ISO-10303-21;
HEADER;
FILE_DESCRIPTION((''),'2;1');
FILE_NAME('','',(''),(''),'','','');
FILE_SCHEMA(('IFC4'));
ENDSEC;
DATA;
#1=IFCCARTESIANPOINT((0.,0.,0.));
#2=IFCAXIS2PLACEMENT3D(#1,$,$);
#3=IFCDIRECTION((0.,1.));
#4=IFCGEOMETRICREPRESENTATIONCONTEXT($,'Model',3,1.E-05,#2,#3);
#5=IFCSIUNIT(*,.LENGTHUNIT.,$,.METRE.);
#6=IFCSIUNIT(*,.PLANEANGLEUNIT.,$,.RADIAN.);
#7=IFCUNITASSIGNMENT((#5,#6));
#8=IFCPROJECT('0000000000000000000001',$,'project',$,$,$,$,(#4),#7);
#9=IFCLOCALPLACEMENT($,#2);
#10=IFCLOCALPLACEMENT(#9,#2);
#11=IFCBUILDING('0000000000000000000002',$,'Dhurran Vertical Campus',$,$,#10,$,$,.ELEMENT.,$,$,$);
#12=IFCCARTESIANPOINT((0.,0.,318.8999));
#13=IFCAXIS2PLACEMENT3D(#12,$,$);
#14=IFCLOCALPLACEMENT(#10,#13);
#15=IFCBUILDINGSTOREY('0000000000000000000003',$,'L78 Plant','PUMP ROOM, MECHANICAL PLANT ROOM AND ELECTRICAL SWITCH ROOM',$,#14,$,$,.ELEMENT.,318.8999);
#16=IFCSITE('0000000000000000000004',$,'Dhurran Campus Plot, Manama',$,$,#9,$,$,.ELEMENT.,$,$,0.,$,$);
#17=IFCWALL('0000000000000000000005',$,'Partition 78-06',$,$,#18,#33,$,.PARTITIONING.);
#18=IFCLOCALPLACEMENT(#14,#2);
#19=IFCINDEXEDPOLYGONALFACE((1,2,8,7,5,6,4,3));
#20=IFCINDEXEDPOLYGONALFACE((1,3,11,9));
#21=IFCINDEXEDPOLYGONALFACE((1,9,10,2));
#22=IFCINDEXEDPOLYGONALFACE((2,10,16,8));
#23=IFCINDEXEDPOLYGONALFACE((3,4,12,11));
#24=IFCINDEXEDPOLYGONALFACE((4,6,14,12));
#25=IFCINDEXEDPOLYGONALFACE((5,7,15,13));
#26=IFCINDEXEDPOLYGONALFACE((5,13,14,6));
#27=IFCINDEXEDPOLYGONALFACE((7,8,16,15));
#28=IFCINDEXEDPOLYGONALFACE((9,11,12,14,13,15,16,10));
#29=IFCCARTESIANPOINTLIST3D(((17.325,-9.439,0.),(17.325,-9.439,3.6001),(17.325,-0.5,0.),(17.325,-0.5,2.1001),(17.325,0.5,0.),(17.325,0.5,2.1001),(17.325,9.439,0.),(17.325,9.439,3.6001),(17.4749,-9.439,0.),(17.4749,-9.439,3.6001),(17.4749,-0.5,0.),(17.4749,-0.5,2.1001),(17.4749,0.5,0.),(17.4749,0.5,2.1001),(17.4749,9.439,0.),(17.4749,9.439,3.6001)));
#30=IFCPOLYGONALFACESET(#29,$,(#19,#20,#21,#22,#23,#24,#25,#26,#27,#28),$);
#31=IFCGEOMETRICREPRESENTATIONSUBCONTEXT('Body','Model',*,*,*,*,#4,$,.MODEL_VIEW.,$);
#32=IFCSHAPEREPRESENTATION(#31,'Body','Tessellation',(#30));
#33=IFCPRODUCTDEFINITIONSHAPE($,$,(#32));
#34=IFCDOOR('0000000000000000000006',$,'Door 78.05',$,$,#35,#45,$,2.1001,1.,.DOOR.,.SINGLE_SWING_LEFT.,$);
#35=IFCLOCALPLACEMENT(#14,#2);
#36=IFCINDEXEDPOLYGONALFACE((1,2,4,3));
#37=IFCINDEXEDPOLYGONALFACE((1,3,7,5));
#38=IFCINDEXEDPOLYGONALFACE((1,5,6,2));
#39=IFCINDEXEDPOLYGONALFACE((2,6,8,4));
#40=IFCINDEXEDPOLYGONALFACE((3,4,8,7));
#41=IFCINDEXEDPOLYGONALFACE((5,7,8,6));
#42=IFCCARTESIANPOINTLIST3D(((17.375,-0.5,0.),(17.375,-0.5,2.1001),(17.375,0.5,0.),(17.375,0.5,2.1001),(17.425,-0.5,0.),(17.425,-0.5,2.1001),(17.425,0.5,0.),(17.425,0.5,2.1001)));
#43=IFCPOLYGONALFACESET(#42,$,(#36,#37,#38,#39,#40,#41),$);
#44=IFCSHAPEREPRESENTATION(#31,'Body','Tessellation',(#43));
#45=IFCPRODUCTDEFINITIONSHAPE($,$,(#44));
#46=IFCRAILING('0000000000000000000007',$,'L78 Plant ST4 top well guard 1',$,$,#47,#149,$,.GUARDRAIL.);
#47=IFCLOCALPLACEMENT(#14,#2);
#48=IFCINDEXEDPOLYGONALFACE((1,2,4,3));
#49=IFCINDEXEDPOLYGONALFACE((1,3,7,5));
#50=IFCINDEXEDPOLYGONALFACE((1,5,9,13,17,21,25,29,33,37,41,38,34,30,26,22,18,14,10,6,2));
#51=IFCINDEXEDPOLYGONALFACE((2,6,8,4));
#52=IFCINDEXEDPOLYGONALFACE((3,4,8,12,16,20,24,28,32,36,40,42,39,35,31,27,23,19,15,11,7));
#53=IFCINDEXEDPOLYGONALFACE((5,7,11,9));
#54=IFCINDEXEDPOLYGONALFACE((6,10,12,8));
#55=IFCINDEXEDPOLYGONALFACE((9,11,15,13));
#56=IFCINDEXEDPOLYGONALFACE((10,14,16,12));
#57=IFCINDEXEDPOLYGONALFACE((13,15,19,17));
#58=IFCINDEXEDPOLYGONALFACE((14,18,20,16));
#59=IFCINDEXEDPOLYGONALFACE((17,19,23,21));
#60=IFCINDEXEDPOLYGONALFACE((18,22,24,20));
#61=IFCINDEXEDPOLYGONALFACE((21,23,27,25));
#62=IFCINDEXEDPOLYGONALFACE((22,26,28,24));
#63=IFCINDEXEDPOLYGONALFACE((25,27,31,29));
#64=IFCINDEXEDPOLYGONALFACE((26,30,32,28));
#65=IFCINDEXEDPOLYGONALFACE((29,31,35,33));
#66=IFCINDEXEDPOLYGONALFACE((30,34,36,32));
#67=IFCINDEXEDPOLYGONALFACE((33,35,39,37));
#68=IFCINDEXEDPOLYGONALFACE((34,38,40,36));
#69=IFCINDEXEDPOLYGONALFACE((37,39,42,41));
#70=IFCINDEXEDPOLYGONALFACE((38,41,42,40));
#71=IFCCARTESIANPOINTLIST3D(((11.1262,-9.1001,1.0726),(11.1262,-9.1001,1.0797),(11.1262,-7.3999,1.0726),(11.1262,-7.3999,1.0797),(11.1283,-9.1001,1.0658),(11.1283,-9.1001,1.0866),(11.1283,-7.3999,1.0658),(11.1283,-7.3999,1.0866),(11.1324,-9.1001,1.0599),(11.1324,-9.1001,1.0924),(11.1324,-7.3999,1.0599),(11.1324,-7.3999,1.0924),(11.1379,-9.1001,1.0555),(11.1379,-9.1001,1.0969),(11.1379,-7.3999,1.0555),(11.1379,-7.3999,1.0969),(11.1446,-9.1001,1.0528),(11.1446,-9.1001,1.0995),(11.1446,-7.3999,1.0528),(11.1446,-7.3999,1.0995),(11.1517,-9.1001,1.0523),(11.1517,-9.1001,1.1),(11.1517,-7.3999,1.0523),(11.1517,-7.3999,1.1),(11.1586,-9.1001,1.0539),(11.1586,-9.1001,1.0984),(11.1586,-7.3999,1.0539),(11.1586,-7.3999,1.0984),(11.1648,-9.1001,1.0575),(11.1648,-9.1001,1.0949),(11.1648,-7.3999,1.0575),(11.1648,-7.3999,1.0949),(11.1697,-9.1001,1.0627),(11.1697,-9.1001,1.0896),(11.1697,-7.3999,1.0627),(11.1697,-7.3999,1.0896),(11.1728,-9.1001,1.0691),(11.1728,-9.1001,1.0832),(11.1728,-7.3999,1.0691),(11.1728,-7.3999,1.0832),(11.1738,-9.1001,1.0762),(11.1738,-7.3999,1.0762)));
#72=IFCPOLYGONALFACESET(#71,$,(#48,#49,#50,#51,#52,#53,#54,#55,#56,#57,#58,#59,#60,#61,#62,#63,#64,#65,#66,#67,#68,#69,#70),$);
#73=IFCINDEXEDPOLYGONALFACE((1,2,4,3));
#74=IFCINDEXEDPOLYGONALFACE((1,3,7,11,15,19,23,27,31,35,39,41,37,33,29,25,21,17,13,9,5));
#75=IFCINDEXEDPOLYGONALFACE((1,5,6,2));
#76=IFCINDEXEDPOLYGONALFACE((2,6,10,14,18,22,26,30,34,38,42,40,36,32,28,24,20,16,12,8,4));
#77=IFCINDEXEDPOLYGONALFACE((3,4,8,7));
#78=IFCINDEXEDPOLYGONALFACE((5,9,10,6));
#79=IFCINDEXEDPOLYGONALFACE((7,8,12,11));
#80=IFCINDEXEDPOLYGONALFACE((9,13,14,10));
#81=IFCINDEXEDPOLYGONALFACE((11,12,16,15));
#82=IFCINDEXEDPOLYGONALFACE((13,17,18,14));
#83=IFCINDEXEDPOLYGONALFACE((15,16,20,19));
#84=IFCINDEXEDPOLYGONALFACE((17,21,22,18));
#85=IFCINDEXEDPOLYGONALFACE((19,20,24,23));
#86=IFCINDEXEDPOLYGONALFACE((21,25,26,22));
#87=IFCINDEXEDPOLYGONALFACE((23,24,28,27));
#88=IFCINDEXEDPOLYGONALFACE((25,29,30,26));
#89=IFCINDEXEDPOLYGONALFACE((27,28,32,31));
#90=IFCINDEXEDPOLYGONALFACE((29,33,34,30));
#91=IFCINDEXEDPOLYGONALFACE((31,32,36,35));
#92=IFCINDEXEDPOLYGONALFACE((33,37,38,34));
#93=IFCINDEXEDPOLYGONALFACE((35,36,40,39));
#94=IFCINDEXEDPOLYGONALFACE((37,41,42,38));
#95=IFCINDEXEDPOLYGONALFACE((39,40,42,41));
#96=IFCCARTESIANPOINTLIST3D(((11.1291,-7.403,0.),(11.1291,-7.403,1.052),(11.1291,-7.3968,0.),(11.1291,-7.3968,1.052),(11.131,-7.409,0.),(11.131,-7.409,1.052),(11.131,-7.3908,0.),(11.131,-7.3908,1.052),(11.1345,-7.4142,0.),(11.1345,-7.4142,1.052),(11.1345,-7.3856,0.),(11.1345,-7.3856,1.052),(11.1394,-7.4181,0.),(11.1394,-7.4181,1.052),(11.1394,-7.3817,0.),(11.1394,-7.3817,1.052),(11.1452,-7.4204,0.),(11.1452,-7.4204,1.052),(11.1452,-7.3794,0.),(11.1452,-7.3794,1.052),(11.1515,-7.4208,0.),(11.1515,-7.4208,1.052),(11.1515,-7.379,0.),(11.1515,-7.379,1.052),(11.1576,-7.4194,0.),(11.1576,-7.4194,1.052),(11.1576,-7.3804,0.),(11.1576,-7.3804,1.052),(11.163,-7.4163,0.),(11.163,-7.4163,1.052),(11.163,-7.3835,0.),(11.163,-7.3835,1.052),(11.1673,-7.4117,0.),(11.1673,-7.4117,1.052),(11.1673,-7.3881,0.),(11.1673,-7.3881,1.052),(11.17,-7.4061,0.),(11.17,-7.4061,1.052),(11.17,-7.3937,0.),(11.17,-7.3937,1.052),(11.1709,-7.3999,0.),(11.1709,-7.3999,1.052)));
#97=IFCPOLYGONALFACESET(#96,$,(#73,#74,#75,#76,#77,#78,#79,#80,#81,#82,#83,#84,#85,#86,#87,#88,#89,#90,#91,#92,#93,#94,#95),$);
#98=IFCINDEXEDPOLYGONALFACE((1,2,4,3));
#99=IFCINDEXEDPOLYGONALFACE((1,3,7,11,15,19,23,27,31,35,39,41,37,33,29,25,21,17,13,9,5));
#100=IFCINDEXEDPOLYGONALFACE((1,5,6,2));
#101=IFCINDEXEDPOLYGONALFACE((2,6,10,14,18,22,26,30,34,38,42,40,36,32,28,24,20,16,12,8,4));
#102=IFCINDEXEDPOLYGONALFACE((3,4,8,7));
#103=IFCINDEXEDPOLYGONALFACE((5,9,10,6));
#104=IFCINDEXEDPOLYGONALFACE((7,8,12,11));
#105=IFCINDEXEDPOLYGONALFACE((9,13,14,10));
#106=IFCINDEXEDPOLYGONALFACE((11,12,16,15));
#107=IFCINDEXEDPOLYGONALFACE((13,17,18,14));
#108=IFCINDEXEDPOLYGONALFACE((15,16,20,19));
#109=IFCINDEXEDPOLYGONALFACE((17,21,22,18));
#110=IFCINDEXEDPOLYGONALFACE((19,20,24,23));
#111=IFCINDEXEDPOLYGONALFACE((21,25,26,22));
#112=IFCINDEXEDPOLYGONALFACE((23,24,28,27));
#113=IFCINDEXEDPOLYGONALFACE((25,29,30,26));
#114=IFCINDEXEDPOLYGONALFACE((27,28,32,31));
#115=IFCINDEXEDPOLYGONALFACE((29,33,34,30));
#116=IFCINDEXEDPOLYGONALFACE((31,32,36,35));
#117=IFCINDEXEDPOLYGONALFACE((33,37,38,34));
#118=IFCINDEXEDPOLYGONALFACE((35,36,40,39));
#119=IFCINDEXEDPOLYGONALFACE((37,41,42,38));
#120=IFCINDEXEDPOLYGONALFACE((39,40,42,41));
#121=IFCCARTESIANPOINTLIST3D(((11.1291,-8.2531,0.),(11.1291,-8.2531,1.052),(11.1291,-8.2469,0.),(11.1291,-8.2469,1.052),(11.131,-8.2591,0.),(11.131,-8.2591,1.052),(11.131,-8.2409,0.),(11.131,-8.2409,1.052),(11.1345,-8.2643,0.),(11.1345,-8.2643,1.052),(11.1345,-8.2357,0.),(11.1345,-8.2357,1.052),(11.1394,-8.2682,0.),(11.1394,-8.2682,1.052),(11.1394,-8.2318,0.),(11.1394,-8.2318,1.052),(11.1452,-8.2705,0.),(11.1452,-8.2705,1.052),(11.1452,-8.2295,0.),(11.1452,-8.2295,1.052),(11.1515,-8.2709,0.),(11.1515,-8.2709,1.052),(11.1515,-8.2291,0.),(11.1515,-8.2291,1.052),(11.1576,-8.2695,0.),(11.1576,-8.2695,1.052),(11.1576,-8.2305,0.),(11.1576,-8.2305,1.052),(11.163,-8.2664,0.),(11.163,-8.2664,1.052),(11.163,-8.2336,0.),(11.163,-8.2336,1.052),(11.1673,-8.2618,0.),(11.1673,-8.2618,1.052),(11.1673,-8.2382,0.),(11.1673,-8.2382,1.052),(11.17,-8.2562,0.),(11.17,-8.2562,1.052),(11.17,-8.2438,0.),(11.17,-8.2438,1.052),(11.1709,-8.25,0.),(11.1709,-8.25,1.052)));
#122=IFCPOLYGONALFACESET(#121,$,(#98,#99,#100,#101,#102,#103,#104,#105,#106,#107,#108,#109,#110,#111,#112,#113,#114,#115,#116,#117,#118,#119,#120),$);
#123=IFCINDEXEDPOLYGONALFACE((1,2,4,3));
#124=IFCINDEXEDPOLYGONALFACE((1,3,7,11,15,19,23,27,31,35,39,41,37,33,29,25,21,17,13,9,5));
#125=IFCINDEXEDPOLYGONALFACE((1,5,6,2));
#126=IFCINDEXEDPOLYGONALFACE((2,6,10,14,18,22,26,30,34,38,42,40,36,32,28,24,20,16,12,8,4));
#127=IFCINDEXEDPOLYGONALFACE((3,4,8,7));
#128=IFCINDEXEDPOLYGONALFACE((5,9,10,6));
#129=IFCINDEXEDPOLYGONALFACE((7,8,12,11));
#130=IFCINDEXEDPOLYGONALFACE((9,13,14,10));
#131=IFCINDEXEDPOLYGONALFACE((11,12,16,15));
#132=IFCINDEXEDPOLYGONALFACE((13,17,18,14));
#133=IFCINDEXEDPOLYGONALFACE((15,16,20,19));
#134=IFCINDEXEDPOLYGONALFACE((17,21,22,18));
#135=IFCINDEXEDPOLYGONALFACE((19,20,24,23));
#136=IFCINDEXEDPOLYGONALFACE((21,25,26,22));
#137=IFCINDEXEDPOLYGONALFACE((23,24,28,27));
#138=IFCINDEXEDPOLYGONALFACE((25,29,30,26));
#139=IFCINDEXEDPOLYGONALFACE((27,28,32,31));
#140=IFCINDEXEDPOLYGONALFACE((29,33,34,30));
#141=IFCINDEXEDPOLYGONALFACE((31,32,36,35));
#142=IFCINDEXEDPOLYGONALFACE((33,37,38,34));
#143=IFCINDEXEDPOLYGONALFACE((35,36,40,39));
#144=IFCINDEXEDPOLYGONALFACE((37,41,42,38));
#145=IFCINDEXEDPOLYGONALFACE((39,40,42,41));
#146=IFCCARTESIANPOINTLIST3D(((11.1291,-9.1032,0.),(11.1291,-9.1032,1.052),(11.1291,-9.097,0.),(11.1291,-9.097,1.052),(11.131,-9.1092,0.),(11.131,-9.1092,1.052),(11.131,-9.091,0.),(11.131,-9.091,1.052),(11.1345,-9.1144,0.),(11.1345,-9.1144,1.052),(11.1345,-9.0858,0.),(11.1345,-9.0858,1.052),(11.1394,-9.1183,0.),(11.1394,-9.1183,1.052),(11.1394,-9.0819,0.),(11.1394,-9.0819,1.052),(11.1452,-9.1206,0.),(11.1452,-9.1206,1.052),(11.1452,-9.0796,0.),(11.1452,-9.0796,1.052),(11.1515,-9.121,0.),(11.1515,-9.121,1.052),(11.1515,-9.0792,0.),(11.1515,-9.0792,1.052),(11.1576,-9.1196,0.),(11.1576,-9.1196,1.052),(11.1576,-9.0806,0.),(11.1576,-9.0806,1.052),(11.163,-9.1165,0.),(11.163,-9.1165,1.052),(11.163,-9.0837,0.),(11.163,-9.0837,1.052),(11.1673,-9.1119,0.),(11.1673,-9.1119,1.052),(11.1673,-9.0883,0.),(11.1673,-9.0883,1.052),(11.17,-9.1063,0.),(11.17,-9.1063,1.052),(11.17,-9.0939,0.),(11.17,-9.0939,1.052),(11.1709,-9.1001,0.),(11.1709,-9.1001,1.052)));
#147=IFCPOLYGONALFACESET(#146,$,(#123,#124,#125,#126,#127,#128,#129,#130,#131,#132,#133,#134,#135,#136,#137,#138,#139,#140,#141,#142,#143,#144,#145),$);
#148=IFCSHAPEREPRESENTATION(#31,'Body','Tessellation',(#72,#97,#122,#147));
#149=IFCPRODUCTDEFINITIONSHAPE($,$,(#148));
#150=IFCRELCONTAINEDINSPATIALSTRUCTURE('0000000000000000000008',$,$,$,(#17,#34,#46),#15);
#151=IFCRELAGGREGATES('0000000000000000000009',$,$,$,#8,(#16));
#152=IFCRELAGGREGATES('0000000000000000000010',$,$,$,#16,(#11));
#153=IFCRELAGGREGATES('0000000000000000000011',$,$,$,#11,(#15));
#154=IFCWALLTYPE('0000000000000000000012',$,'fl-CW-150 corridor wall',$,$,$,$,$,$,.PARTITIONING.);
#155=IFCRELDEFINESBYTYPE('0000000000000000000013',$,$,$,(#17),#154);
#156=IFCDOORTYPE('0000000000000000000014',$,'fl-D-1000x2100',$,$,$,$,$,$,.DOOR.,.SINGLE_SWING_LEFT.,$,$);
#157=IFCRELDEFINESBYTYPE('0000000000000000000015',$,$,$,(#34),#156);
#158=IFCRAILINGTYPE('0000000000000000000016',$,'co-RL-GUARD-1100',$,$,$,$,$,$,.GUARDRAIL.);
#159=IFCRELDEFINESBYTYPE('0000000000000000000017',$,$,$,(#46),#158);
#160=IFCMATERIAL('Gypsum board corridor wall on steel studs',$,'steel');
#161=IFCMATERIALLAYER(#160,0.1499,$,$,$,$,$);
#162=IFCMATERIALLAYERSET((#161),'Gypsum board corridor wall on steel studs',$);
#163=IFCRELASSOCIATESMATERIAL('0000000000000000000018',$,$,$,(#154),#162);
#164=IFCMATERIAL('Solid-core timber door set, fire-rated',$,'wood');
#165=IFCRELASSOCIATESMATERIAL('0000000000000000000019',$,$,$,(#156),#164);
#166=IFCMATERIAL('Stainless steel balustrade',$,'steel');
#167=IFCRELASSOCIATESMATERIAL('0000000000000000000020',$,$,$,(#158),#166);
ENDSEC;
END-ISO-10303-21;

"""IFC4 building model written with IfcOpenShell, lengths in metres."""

from ifc_helpers import new_model, si_unit, direction, frame, frame_2d, origin, origin_2d, place, context, subcontext, project, spatial, rectangle, circle, extrude, material, layer, layer_set, type_object, element, fill, save


model = new_model("IFC4")

# Units and contexts
model_context = context("Model", 3, precision=1e-05, world=origin(), true_north=direction((0.0, 1.0)))
body_context = subcontext(model_context, "Body", "Model", "MODEL_VIEW")
ifc_project = project(units=[si_unit("LENGTHUNIT", "METRE"), si_unit("PLANEANGLEUNIT", "RADIAN")], contexts=[model_context])

# Site, building, storey
site_placement = place(None, origin())
site = spatial("IfcSite", under=ifc_project, at=site_placement, Name="Dhurran Campus Plot, Manama", CompositionType="ELEMENT", RefElevation=0.0)
building_placement = place(site_placement, origin())
building = spatial("IfcBuilding", under=site, at=building_placement, Name="Dhurran Vertical Campus", CompositionType="ELEMENT")
storey_placement = place(building_placement, frame((0.0, 0.0, 318.8999)))
storey = spatial("IfcBuildingStorey", under=building, at=storey_placement, Name="L78 Plant", Description="PUMP ROOM, MECHANICAL PLANT ROOM AND ELECTRICAL SWITCH ROOM", CompositionType="ELEMENT", Elevation=318.8999)

# Wall, opening, door
ifc_material_1 = material(Name="Gypsum board corridor wall on steel studs", Category="steel")
ifc_layer_1 = layer(ifc_material_1, 0.1499)
ifc_layer_set_1 = layer_set([ifc_layer_1], Name="Gypsum board corridor wall on steel studs")
wall_type_1 = type_object("IfcWallType", Name="fl-CW-150 corridor wall", PredefinedType="PARTITIONING", material=ifc_layer_set_1)
wall_1_placement = place(storey_placement, frame((17.3999, -9.439, 0.0), z_axis=(0.0, 0.0, 1.0), x_axis=(0.0, 1.0, 0.0)))
wall_1 = element("IfcWall", 1, at=wall_1_placement, inside=storey, type_object=wall_type_1, Name="Partition 78-06", PredefinedType="PARTITIONING", context=body_context, shape_type="SweptSolid", body=[
    extrude(rectangle(XDim=18.8779, YDim=0.1499, at=frame_2d((9.439, 0.0))), origin(), (0.0, 0.0, 1.0), 3.6001),
])
opening_1_placement = place(wall_1_placement, frame((8.939, 0.0, 0.0)))
opening_1 = element("IfcOpeningElement", 2, at=opening_1_placement, cuts=wall_1, PredefinedType="OPENING", context=body_context, shape_type="SweptSolid", body=[
    extrude(rectangle(XDim=1.0, YDim=2.1001, at=frame_2d((0.5, 1.05))), frame((0.0, 0.085, 0.0), z_axis=(0.0, -1.0, 0.0), x_axis=(1.0, 0.0, 0.0)), (0.0, 0.0, 1.0), 0.1699),
])
ifc_material_2 = material(Name="Solid-core timber door set, fire-rated", Category="wood")
door_type_1 = type_object("IfcDoorType", Name="fl-D-1000x2100", OperationType="SINGLE_SWING_LEFT", PredefinedType="DOOR", material=ifc_material_2)
door_1_placement = place(opening_1_placement, origin())
door_1 = element("IfcDoor", 3, at=door_1_placement, inside=storey, type_object=door_type_1, Name="Door 78.05", OperationType="SINGLE_SWING_LEFT", OverallHeight=2.1001, OverallWidth=1.0, PredefinedType="DOOR", context=body_context, shape_type="SweptSolid", body=[
    extrude(rectangle(XDim=1.0, YDim=2.1001, at=frame_2d((0.5, 1.05))), frame((0.0, 0.0249, 0.0), z_axis=(0.0, -1.0, 0.0), x_axis=(1.0, 0.0, 0.0)), (0.0, 0.0, 1.0), 0.05),
])
fill(opening_1, door_1)

# Railing
ifc_material_3 = material(Name="Stainless steel balustrade", Category="steel")
railing_type_1 = type_object("IfcRailingType", Name="co-RL-GUARD-1100", PredefinedType="GUARDRAIL", material=ifc_material_3)
railing_1_placement = place(storey_placement, frame((11.1499, -7.3999, 0.0)))
element("IfcRailing", 4, at=railing_1_placement, inside=storey, type_object=railing_type_1, Name="L78 Plant ST4 top well guard 1", PredefinedType="GUARDRAIL", context=body_context, shape_type="SweptSolid", body=[
    extrude(circle(Radius=0.0239, at=origin_2d()), frame((0.0, 0.0, 1.0762), z_axis=(0.0, -1.0, 0.0), x_axis=(1.0, 0.0, 0.0)), (0.0, 0.0, 1.0), 1.7002),
    extrude(circle(Radius=0.021, at=origin_2d()), origin(), (0.0, 0.0, 1.0), 1.052),
    extrude(circle(Radius=0.021, at=origin_2d()), frame((0.0, -0.8501, 0.0)), (0.0, 0.0, 1.0), 1.052),
    extrude(circle(Radius=0.021, at=origin_2d()), frame((0.0, -1.7002, 0.0)), (0.0, 0.0, 1.0), 1.052),
])

save(model, "model.ifc")
